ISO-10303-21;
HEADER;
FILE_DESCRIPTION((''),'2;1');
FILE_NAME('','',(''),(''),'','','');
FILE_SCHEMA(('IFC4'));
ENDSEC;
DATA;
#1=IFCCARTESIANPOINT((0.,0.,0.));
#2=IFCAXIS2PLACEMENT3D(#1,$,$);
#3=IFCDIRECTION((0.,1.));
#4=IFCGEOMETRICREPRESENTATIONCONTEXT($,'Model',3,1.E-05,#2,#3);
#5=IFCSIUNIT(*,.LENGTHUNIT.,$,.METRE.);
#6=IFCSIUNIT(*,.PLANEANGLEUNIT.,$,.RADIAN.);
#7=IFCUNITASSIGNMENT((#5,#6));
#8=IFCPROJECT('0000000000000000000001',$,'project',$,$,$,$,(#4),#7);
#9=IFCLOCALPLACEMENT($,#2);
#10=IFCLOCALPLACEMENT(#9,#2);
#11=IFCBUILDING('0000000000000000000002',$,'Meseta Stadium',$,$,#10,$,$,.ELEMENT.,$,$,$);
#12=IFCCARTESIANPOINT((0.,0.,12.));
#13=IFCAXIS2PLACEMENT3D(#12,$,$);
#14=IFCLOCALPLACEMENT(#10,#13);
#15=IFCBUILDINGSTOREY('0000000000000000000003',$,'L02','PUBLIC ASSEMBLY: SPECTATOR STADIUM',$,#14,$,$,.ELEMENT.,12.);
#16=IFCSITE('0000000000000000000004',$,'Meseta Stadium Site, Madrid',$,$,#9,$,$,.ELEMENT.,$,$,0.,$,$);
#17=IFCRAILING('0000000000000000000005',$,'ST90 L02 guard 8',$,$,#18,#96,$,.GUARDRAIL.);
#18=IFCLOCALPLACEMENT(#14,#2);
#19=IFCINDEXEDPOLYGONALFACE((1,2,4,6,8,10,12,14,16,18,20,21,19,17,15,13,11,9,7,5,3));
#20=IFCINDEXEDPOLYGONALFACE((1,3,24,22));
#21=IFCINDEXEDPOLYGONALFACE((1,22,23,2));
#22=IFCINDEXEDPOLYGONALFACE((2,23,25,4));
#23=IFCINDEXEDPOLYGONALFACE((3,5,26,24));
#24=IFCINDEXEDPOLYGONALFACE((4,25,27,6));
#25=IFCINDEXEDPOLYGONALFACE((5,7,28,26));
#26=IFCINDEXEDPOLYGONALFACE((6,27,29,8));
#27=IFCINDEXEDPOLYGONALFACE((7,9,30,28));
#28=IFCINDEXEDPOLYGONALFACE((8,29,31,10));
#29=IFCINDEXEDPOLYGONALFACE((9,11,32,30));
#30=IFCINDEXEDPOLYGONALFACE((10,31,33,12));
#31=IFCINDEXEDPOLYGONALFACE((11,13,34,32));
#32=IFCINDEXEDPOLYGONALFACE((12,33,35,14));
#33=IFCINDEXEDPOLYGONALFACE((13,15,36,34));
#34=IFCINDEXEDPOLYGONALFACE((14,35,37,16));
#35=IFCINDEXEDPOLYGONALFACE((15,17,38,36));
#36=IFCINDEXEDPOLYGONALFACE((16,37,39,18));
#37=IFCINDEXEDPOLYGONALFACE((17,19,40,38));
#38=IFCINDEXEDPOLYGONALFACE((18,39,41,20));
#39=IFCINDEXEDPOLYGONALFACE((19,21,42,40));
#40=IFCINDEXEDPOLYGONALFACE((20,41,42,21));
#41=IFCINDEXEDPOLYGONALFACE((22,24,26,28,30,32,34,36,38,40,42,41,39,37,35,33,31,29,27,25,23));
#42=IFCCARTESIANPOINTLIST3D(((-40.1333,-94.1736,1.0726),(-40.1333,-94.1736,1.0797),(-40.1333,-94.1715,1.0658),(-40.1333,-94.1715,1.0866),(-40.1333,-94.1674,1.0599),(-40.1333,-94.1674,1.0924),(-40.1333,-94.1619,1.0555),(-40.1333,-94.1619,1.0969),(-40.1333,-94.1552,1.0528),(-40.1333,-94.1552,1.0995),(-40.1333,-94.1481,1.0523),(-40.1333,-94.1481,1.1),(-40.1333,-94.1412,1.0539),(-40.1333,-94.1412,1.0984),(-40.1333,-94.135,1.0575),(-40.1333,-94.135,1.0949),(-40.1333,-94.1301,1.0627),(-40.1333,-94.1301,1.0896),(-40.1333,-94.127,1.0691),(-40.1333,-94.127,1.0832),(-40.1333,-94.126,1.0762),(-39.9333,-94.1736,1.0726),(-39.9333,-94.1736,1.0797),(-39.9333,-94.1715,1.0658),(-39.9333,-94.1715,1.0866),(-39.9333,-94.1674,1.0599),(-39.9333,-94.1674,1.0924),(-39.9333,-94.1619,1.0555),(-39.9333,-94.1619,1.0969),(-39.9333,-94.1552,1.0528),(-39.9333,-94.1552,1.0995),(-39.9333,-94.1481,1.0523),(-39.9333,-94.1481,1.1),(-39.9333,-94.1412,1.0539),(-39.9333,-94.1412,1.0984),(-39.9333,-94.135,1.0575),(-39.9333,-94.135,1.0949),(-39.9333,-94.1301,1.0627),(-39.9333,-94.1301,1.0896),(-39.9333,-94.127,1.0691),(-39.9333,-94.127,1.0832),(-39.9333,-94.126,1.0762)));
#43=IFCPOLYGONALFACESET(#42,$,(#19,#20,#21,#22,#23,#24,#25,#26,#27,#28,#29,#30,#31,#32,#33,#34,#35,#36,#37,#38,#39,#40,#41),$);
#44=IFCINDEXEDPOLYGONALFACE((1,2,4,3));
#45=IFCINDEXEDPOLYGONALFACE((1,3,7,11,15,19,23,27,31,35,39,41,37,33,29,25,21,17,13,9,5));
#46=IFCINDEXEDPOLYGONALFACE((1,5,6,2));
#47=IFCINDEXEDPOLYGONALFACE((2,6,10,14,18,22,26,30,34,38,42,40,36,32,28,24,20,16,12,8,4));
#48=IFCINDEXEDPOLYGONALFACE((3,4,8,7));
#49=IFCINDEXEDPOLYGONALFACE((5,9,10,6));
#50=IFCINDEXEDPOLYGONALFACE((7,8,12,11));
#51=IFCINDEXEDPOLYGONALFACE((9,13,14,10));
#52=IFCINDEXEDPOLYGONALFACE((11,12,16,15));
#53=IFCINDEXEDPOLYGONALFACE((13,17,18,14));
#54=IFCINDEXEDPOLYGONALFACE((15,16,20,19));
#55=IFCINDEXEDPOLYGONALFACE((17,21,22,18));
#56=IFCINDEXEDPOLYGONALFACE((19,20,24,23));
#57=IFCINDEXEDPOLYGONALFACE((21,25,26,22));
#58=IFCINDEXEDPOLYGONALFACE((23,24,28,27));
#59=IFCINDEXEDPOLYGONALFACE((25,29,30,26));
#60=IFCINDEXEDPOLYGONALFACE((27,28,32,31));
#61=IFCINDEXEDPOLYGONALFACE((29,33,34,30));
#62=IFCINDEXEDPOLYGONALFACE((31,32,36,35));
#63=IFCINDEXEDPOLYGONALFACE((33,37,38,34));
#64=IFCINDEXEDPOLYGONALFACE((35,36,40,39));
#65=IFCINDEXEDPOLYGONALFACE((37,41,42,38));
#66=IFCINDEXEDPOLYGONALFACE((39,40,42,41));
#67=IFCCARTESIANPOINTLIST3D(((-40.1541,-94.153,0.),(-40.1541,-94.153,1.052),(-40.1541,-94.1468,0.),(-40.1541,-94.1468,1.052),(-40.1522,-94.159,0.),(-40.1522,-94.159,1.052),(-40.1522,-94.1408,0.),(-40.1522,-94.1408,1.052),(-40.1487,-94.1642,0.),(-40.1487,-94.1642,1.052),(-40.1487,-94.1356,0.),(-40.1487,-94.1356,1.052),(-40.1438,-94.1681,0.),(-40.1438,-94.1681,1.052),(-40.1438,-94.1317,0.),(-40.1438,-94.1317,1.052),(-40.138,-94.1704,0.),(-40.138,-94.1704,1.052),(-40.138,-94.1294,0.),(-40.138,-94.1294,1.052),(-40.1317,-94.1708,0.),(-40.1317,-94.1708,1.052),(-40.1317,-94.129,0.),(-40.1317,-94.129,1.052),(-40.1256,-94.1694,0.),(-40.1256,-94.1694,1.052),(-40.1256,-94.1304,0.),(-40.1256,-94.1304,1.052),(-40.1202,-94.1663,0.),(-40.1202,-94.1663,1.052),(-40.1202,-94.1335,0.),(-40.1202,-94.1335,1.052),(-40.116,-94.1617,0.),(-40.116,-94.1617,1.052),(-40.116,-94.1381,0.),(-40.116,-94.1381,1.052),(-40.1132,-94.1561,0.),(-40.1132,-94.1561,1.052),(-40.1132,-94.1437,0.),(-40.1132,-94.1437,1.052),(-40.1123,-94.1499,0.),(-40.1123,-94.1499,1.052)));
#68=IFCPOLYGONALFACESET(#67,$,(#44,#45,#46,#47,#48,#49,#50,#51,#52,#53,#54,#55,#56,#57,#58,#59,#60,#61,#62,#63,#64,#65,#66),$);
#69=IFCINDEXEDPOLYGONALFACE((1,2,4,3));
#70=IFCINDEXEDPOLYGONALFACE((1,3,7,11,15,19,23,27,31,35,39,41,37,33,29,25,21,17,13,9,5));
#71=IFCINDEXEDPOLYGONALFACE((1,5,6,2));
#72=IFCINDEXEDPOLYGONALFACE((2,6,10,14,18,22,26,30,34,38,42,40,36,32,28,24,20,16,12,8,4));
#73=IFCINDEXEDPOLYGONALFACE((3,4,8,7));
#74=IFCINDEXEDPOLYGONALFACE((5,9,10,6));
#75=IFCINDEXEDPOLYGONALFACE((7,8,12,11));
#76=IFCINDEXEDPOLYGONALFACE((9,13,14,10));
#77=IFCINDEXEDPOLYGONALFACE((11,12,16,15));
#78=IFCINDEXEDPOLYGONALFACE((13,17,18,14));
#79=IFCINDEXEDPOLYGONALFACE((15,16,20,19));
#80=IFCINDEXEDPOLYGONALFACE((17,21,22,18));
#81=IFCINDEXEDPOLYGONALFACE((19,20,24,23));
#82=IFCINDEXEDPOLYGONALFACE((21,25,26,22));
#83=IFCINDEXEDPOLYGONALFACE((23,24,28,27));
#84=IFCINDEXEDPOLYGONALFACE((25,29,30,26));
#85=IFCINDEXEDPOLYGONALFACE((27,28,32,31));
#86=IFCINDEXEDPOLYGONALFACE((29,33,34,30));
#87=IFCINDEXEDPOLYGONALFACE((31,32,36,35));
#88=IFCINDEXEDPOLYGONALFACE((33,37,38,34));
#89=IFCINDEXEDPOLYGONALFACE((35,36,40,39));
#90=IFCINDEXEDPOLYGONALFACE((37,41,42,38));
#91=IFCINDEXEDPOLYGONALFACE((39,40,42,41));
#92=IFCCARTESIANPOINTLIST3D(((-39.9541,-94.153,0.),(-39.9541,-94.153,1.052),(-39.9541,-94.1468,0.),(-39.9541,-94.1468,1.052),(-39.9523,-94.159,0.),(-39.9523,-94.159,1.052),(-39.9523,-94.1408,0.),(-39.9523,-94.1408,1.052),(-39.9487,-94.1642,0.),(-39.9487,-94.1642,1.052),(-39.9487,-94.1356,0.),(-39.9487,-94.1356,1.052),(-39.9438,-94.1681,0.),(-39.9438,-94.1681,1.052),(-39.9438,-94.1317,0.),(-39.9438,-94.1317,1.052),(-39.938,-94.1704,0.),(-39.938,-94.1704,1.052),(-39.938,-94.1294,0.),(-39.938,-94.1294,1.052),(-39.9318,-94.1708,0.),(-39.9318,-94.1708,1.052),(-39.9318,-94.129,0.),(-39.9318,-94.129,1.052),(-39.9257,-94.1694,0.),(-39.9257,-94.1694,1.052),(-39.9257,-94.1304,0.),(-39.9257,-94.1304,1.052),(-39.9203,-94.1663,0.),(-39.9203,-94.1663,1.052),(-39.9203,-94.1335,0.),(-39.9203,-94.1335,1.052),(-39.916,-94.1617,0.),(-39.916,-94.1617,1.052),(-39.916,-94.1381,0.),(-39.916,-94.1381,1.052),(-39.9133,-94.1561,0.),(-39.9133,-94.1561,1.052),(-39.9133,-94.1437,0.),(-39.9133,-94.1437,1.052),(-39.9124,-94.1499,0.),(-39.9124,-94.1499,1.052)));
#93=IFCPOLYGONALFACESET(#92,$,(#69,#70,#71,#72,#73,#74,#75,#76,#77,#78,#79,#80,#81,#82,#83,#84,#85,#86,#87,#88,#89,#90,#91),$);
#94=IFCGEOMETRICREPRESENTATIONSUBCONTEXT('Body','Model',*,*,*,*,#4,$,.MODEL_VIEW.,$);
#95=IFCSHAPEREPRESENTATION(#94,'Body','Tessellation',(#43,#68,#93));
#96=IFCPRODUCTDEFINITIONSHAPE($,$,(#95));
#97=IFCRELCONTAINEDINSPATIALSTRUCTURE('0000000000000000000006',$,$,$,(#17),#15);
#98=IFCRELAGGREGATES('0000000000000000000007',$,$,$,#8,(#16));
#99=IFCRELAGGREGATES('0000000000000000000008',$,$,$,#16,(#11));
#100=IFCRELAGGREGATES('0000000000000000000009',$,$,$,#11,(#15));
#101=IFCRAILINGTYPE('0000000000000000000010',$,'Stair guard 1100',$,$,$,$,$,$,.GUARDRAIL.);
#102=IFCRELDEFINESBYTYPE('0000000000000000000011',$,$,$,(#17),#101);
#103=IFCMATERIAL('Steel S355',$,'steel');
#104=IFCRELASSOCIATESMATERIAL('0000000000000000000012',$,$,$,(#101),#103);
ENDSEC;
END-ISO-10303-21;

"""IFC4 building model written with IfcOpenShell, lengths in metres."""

from ifc_helpers import new_model, si_unit, direction, frame, origin, origin_2d, place, context, subcontext, project, spatial, circle, extrude, material, type_object, element, save


model = new_model("IFC4")

# Units and contexts
model_context = context("Model", 3, precision=1e-05, world=origin(), true_north=direction((0.0, 1.0)))
body_context = subcontext(model_context, "Body", "Model", "MODEL_VIEW")
ifc_project = project(units=[si_unit("LENGTHUNIT", "METRE"), si_unit("PLANEANGLEUNIT", "RADIAN")], contexts=[model_context])

# Site, building, storey
site_placement = place(None, origin())
site = spatial("IfcSite", under=ifc_project, at=site_placement, Name="Meseta Stadium Site, Madrid", CompositionType="ELEMENT", RefElevation=0.0)
building_placement = place(site_placement, origin())
building = spatial("IfcBuilding", under=site, at=building_placement, Name="Meseta Stadium", CompositionType="ELEMENT")
storey_placement = place(building_placement, frame((0.0, 0.0, 12.0)))
storey = spatial("IfcBuildingStorey", under=building, at=storey_placement, Name="L02", Description="PUBLIC ASSEMBLY: SPECTATOR STADIUM", CompositionType="ELEMENT", Elevation=12.0)

# Railing
ifc_material_1 = material(Name="Steel S355", Category="steel")
railing_type = type_object("IfcRailingType", Name="Stair guard 1100", PredefinedType="GUARDRAIL", material=ifc_material_1)
for number, where, name in (
    (1, (-40.1333, -94.1499, 0.0), "ST90 L02 guard 8"),
):
    element("IfcRailing", number, at=place(storey_placement, frame(where)), inside=storey, type_object=railing_type, Name=name, PredefinedType="GUARDRAIL", context=body_context, shape_type="SweptSolid", body=[
        extrude(circle(Radius=0.0239, at=origin_2d()), frame((0.0, 0.0, 1.0762), z_axis=(1.0, 0.0, 0.0), x_axis=(0.0, 1.0, 0.0)), (0.0, 0.0, 1.0), 0.2),
        extrude(circle(Radius=0.021, at=origin_2d()), origin(), (0.0, 0.0, 1.0), 1.052),
        extrude(circle(Radius=0.021, at=origin_2d()), frame((0.2, 0.0, 0.0)), (0.0, 0.0, 1.0), 1.052),
    ])

save(model, "model.ifc")
